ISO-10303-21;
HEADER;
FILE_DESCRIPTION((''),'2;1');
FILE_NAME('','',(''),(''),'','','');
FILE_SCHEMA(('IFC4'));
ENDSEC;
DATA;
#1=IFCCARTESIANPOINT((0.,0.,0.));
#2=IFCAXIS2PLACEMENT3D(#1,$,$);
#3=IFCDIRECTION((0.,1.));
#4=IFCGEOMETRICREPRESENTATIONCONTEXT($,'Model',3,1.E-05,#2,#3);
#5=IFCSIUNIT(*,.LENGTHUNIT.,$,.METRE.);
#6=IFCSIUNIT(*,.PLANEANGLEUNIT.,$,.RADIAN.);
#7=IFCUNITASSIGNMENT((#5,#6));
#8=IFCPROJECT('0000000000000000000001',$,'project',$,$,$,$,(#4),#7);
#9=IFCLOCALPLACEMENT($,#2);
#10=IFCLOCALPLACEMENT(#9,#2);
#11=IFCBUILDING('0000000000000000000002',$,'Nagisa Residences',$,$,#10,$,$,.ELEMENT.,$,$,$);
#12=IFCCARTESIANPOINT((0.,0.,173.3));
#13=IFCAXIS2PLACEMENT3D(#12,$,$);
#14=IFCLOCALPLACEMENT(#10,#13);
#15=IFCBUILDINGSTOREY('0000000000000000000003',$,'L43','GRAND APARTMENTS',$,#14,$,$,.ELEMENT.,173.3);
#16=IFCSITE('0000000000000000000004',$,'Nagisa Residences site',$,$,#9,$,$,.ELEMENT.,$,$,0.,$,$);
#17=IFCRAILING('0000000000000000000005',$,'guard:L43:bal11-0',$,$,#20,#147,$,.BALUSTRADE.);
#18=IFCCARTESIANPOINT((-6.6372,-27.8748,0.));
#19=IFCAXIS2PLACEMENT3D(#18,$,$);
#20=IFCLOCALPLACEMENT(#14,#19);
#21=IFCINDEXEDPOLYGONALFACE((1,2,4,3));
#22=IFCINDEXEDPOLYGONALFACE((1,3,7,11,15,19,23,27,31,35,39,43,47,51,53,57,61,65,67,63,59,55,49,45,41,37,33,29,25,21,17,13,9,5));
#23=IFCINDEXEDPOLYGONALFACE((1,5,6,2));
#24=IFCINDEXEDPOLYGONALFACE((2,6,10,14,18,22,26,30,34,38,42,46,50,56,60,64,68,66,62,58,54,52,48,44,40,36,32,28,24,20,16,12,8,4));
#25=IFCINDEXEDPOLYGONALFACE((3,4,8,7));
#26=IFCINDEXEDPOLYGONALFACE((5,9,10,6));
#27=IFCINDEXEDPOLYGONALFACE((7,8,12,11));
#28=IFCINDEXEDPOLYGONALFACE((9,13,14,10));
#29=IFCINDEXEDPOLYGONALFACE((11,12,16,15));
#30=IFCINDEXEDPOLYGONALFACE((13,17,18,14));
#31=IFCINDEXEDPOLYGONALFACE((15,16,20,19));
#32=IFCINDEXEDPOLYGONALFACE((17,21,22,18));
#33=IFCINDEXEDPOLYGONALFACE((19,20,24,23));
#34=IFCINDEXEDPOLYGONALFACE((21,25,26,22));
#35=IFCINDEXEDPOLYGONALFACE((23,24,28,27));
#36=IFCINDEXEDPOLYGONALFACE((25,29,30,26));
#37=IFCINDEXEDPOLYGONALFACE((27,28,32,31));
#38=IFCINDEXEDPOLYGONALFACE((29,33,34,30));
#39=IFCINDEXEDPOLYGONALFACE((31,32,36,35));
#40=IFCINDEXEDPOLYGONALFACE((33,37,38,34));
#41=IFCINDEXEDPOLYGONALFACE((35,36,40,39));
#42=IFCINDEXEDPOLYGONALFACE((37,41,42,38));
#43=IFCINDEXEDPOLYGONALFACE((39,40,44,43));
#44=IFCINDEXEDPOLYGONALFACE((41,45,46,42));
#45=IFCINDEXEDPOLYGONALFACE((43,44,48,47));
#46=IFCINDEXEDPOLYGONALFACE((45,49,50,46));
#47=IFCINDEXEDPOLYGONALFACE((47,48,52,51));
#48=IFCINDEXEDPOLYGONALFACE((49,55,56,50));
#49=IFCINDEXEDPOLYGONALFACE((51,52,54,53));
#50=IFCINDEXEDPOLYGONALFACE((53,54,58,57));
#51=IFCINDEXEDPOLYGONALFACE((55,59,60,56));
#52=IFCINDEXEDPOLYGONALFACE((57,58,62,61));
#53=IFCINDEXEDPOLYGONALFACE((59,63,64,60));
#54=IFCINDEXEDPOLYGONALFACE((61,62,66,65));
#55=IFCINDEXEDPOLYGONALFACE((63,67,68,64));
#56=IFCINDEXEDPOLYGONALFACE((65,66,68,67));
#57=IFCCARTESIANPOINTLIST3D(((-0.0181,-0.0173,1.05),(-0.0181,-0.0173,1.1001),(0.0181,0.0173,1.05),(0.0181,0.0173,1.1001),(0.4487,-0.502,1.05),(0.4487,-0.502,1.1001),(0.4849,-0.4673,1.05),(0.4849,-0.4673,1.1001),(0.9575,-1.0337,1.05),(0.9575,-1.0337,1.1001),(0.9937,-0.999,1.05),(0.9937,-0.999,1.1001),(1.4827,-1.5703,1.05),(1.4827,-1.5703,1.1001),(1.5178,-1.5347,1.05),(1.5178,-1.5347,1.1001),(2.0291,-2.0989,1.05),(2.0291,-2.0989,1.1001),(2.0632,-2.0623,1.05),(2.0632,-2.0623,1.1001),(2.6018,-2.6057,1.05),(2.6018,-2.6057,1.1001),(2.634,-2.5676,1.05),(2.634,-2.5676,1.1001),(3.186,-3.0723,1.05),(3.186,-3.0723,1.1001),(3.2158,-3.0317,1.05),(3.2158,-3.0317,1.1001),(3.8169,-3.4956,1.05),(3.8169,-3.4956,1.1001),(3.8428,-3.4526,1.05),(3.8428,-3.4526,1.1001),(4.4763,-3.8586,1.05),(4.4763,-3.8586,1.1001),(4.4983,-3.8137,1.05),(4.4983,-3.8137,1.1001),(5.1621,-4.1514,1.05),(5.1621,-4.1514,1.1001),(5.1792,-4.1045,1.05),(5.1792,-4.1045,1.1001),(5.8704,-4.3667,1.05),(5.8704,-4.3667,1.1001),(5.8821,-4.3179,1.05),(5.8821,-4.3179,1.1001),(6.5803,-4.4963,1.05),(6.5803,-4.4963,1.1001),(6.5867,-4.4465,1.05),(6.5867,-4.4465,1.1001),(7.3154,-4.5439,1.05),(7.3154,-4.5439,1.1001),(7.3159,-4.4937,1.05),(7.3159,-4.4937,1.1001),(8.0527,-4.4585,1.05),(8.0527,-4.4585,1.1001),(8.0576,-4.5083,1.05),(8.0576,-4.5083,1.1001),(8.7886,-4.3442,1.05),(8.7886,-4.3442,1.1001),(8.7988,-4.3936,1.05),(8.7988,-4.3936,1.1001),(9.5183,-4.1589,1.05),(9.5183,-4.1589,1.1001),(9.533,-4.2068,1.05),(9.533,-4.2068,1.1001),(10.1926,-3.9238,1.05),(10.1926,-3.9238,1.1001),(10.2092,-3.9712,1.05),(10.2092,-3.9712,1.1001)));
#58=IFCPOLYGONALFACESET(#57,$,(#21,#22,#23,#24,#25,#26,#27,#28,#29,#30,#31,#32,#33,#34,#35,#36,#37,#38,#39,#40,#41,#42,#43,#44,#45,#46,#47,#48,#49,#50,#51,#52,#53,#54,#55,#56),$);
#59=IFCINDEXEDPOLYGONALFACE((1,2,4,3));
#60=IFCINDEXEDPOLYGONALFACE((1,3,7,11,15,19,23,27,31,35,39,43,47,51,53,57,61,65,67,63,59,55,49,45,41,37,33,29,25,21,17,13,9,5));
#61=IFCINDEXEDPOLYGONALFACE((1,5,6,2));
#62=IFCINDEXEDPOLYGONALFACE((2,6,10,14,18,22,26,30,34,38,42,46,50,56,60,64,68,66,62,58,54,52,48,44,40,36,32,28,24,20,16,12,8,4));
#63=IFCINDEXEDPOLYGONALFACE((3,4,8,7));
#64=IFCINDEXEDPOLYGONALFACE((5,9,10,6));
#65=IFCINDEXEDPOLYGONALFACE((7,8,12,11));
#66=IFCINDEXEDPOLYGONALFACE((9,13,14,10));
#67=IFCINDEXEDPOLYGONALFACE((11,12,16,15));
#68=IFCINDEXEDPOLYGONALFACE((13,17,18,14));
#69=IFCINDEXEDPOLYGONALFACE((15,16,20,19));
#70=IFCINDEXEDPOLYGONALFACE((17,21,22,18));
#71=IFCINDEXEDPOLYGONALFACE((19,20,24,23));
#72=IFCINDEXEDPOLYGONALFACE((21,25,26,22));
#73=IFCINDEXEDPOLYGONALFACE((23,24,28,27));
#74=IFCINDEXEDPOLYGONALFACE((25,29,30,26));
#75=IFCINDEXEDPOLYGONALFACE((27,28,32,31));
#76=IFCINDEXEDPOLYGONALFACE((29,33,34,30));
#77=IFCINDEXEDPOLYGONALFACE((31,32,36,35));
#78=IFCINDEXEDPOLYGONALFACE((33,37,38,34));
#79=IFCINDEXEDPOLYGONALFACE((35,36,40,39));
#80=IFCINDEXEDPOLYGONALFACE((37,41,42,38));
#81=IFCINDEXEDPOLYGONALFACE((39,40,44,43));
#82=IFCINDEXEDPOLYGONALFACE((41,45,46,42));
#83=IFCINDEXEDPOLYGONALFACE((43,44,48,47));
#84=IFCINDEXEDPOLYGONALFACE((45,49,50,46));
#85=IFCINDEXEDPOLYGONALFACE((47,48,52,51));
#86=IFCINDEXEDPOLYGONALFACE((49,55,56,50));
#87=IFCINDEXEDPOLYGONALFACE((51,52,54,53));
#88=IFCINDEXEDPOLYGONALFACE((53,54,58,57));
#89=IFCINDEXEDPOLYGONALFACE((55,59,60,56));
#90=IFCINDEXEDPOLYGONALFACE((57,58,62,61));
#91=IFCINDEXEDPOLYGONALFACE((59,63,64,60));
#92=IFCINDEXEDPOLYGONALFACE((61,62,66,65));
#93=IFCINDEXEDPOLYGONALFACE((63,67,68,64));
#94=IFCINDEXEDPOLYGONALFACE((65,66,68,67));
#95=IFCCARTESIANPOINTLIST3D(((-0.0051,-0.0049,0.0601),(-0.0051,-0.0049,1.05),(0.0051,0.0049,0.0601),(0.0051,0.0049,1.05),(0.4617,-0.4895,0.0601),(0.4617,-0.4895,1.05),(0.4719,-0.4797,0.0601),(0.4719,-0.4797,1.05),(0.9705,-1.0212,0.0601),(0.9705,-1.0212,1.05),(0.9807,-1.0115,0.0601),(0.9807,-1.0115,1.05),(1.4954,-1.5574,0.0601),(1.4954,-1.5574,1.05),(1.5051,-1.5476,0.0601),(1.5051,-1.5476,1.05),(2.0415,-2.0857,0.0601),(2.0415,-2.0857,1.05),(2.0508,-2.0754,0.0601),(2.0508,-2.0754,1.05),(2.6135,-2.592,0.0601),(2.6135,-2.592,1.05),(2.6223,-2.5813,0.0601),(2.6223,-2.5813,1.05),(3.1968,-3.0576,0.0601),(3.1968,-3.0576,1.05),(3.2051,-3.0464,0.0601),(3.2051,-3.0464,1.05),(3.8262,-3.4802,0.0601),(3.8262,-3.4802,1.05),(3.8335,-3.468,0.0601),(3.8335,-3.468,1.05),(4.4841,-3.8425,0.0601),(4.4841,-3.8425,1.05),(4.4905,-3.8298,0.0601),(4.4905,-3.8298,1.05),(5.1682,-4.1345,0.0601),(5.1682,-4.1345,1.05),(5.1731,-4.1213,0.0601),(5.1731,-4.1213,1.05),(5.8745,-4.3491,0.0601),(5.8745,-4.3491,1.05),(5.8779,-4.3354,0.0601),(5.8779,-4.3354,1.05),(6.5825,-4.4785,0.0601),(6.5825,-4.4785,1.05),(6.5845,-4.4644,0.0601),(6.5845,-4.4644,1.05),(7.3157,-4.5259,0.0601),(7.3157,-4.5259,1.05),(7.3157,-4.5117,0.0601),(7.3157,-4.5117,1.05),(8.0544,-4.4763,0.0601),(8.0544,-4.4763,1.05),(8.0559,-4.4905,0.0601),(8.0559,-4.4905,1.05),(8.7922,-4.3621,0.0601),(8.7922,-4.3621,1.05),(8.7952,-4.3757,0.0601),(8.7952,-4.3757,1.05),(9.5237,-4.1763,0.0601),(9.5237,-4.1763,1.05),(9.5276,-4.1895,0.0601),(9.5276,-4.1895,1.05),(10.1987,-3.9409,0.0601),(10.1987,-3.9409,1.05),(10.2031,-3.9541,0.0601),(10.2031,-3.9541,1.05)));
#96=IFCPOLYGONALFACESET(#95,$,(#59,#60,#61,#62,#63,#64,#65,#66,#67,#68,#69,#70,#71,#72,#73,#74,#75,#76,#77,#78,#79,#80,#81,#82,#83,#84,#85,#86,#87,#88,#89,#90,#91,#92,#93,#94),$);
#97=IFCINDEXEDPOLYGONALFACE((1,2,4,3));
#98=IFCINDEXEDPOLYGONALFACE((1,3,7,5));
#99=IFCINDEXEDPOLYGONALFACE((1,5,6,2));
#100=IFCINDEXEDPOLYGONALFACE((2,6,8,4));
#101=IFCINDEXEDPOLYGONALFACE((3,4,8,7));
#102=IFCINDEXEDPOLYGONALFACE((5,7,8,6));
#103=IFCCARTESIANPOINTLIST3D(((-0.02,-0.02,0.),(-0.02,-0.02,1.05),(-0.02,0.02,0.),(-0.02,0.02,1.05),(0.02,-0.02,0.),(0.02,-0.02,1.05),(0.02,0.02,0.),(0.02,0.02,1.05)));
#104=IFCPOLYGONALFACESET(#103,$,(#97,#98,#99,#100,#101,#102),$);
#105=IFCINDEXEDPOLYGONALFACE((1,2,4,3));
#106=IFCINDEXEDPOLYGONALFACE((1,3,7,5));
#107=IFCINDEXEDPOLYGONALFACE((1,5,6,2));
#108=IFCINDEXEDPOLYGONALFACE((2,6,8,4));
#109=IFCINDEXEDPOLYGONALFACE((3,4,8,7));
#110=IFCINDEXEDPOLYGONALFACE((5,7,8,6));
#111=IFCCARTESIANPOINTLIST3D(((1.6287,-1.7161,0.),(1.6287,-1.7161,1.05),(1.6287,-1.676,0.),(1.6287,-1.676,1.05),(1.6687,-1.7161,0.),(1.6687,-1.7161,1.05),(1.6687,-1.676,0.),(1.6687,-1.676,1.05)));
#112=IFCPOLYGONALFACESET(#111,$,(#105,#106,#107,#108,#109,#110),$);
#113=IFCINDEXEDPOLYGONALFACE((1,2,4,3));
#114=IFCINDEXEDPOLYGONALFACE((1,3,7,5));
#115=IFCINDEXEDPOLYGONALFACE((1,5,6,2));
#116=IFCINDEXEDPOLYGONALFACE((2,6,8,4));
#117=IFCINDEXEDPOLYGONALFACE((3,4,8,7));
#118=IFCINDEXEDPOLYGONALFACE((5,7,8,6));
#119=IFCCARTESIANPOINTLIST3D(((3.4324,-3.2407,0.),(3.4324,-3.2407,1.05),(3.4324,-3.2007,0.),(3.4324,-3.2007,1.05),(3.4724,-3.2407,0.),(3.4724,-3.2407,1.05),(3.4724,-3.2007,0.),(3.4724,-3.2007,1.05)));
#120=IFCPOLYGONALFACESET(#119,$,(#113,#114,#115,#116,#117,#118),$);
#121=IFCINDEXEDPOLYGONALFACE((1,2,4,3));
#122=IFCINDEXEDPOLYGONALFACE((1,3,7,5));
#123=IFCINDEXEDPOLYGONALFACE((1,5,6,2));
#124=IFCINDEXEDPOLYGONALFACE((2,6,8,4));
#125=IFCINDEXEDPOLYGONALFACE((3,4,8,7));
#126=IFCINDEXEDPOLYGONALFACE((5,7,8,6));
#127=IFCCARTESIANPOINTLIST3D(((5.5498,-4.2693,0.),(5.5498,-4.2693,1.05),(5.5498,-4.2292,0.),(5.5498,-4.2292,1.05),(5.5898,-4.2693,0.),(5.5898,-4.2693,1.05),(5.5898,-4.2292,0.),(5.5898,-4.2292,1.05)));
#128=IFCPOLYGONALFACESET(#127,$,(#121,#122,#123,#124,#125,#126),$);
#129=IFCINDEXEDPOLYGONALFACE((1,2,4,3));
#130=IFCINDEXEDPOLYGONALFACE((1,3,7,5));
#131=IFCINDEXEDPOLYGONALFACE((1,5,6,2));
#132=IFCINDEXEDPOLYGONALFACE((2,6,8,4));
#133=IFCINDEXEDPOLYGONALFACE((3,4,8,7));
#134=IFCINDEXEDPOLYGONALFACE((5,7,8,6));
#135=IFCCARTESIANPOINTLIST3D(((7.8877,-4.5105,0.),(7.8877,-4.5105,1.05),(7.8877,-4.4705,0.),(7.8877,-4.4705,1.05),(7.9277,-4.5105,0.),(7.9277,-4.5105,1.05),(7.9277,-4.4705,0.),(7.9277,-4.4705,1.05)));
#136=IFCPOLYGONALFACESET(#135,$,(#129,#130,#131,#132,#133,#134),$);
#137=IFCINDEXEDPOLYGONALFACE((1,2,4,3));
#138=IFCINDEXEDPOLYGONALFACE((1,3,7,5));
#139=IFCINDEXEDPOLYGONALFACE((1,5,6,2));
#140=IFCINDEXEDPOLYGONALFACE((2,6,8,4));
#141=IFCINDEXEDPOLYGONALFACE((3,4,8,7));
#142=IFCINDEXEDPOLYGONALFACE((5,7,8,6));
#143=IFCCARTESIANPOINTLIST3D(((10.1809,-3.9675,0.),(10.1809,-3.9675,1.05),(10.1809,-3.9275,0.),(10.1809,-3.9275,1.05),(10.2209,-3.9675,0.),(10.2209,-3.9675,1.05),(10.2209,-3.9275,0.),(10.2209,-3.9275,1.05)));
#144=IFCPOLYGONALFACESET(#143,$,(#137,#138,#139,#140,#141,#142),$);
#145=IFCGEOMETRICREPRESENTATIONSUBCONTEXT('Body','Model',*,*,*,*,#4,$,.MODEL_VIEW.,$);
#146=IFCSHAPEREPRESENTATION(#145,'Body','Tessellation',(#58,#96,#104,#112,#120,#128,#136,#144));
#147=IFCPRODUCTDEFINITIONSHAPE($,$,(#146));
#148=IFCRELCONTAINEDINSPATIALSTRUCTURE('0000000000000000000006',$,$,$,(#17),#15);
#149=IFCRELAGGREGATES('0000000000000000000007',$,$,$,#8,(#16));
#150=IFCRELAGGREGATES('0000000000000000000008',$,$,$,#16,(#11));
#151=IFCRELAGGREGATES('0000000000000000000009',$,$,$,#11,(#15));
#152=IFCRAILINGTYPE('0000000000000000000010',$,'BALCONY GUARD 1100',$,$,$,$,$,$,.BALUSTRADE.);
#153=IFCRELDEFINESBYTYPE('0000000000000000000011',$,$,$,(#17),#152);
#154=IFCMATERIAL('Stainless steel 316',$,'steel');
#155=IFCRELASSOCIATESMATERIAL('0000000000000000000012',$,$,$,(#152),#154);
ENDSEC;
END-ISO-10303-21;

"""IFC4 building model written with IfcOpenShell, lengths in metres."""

from ifc_helpers import new_model, si_unit, direction, frame, origin, origin_2d, place, context, subcontext, project, spatial, polyline, rectangle, outline, extrude, material, type_object, element, save


model = new_model("IFC4")

# Units and contexts
model_context = context("Model", 3, precision=1e-05, world=origin(), true_north=direction((0.0, 1.0)))
body_context = subcontext(model_context, "Body", "Model", "MODEL_VIEW")
ifc_project = project(units=[si_unit("LENGTHUNIT", "METRE"), si_unit("PLANEANGLEUNIT", "RADIAN")], contexts=[model_context])

# Site, building, storey
site_placement = place(None, origin())
site = spatial("IfcSite", under=ifc_project, at=site_placement, Name="Nagisa Residences site", CompositionType="ELEMENT", RefElevation=0.0)
building_placement = place(site_placement, origin())
building = spatial("IfcBuilding", under=site, at=building_placement, Name="Nagisa Residences", CompositionType="ELEMENT")
storey_placement = place(building_placement, frame((0.0, 0.0, 173.3)))
storey = spatial("IfcBuildingStorey", under=building, at=storey_placement, Name="L43", Description="GRAND APARTMENTS", CompositionType="ELEMENT", Elevation=173.3)

# Railing
ifc_material_1 = material(Name="Stainless steel 316", Category="steel")
railing_type = type_object("IfcRailingType", Name="BALCONY GUARD 1100", PredefinedType="BALUSTRADE", material=ifc_material_1)
railing_placement = place(storey_placement, frame((-6.6372, -27.8748, 0.0)))
element("IfcRailing", 1, at=railing_placement, inside=storey, type_object=railing_type, Name="guard:L43:bal11-0", PredefinedType="BALUSTRADE", context=body_context, shape_type="SweptSolid", body=[
    extrude(outline(polyline([(0.4849, -0.4673), (0.0181, 0.0173), (-0.0181, -0.0173), (0.4487, -0.502), (0.9575, -1.0337), (1.4827, -1.5703), (2.0291, -2.0989), (2.6018, -2.6057), (3.186, -3.0723), (3.8169, -3.4956), (4.4763, -3.8586), (5.1621, -4.1514), (5.8704, -4.3667), (6.5803, -4.4963), (7.3154, -4.5439), (8.0576, -4.5083), (8.7988, -4.3936), (9.533, -4.2068), (10.2092, -3.9712), (10.1926, -3.9238), (9.5183, -4.1589), (8.7886, -4.3442), (8.0527, -4.4585), (7.3159, -4.4937), (6.5867, -4.4465), (5.8821, -4.3179), (5.1792, -4.1045), (4.4983, -3.8137), (3.8428, -3.4526), (3.2158, -3.0317), (2.634, -2.5676), (2.0632, -2.0623), (1.5178, -1.5347), (0.9937, -0.999), (0.4849, -0.4673)])), frame((0.0, 0.0, 1.05)), (0.0, 0.0, 1.0), 0.05),
    extrude(outline(polyline([(0.4719, -0.4797), (0.0051, 0.0049), (-0.0051, -0.0049), (0.4617, -0.4895), (0.9705, -1.0212), (1.4954, -1.5574), (2.0415, -2.0857), (2.6135, -2.592), (3.1968, -3.0576), (3.8262, -3.4802), (4.4841, -3.8425), (5.1682, -4.1345), (5.8745, -4.3491), (6.5825, -4.4785), (7.3157, -4.5259), (8.0559, -4.4905), (8.7952, -4.3757), (9.5276, -4.1895), (10.2031, -3.9541), (10.1987, -3.9409), (9.5237, -4.1763), (8.7922, -4.3621), (8.0544, -4.4763), (7.3157, -4.5117), (6.5845, -4.4644), (5.8779, -4.3354), (5.1731, -4.1213), (4.4905, -3.8298), (3.8335, -3.468), (3.2051, -3.0464), (2.6223, -2.5813), (2.0508, -2.0754), (1.5051, -1.5476), (0.9807, -1.0115), (0.4719, -0.4797)])), frame((0.0, 0.0, 0.0601)), (0.0, 0.0, 1.0), 0.99),
    extrude(rectangle(XDim=0.04, YDim=0.04, at=origin_2d()), origin(), (0.0, 0.0, 1.0), 1.05),
    extrude(rectangle(XDim=0.04, YDim=0.04, at=origin_2d()), frame((1.6487, -1.696, 0.0)), (0.0, 0.0, 1.0), 1.05),
    extrude(rectangle(XDim=0.04, YDim=0.04, at=origin_2d()), frame((3.4524, -3.2207, 0.0)), (0.0, 0.0, 1.0), 1.05),
    extrude(rectangle(XDim=0.04, YDim=0.04, at=origin_2d()), frame((5.5698, -4.2493, 0.0)), (0.0, 0.0, 1.0), 1.05),
    extrude(rectangle(XDim=0.04, YDim=0.04, at=origin_2d()), frame((7.9077, -4.4905, 0.0)), (0.0, 0.0, 1.0), 1.05),
    extrude(rectangle(XDim=0.04, YDim=0.04, at=origin_2d()), frame((10.2009, -3.9475, 0.0)), (0.0, 0.0, 1.0), 1.05),
])

save(model, "model.ifc")
